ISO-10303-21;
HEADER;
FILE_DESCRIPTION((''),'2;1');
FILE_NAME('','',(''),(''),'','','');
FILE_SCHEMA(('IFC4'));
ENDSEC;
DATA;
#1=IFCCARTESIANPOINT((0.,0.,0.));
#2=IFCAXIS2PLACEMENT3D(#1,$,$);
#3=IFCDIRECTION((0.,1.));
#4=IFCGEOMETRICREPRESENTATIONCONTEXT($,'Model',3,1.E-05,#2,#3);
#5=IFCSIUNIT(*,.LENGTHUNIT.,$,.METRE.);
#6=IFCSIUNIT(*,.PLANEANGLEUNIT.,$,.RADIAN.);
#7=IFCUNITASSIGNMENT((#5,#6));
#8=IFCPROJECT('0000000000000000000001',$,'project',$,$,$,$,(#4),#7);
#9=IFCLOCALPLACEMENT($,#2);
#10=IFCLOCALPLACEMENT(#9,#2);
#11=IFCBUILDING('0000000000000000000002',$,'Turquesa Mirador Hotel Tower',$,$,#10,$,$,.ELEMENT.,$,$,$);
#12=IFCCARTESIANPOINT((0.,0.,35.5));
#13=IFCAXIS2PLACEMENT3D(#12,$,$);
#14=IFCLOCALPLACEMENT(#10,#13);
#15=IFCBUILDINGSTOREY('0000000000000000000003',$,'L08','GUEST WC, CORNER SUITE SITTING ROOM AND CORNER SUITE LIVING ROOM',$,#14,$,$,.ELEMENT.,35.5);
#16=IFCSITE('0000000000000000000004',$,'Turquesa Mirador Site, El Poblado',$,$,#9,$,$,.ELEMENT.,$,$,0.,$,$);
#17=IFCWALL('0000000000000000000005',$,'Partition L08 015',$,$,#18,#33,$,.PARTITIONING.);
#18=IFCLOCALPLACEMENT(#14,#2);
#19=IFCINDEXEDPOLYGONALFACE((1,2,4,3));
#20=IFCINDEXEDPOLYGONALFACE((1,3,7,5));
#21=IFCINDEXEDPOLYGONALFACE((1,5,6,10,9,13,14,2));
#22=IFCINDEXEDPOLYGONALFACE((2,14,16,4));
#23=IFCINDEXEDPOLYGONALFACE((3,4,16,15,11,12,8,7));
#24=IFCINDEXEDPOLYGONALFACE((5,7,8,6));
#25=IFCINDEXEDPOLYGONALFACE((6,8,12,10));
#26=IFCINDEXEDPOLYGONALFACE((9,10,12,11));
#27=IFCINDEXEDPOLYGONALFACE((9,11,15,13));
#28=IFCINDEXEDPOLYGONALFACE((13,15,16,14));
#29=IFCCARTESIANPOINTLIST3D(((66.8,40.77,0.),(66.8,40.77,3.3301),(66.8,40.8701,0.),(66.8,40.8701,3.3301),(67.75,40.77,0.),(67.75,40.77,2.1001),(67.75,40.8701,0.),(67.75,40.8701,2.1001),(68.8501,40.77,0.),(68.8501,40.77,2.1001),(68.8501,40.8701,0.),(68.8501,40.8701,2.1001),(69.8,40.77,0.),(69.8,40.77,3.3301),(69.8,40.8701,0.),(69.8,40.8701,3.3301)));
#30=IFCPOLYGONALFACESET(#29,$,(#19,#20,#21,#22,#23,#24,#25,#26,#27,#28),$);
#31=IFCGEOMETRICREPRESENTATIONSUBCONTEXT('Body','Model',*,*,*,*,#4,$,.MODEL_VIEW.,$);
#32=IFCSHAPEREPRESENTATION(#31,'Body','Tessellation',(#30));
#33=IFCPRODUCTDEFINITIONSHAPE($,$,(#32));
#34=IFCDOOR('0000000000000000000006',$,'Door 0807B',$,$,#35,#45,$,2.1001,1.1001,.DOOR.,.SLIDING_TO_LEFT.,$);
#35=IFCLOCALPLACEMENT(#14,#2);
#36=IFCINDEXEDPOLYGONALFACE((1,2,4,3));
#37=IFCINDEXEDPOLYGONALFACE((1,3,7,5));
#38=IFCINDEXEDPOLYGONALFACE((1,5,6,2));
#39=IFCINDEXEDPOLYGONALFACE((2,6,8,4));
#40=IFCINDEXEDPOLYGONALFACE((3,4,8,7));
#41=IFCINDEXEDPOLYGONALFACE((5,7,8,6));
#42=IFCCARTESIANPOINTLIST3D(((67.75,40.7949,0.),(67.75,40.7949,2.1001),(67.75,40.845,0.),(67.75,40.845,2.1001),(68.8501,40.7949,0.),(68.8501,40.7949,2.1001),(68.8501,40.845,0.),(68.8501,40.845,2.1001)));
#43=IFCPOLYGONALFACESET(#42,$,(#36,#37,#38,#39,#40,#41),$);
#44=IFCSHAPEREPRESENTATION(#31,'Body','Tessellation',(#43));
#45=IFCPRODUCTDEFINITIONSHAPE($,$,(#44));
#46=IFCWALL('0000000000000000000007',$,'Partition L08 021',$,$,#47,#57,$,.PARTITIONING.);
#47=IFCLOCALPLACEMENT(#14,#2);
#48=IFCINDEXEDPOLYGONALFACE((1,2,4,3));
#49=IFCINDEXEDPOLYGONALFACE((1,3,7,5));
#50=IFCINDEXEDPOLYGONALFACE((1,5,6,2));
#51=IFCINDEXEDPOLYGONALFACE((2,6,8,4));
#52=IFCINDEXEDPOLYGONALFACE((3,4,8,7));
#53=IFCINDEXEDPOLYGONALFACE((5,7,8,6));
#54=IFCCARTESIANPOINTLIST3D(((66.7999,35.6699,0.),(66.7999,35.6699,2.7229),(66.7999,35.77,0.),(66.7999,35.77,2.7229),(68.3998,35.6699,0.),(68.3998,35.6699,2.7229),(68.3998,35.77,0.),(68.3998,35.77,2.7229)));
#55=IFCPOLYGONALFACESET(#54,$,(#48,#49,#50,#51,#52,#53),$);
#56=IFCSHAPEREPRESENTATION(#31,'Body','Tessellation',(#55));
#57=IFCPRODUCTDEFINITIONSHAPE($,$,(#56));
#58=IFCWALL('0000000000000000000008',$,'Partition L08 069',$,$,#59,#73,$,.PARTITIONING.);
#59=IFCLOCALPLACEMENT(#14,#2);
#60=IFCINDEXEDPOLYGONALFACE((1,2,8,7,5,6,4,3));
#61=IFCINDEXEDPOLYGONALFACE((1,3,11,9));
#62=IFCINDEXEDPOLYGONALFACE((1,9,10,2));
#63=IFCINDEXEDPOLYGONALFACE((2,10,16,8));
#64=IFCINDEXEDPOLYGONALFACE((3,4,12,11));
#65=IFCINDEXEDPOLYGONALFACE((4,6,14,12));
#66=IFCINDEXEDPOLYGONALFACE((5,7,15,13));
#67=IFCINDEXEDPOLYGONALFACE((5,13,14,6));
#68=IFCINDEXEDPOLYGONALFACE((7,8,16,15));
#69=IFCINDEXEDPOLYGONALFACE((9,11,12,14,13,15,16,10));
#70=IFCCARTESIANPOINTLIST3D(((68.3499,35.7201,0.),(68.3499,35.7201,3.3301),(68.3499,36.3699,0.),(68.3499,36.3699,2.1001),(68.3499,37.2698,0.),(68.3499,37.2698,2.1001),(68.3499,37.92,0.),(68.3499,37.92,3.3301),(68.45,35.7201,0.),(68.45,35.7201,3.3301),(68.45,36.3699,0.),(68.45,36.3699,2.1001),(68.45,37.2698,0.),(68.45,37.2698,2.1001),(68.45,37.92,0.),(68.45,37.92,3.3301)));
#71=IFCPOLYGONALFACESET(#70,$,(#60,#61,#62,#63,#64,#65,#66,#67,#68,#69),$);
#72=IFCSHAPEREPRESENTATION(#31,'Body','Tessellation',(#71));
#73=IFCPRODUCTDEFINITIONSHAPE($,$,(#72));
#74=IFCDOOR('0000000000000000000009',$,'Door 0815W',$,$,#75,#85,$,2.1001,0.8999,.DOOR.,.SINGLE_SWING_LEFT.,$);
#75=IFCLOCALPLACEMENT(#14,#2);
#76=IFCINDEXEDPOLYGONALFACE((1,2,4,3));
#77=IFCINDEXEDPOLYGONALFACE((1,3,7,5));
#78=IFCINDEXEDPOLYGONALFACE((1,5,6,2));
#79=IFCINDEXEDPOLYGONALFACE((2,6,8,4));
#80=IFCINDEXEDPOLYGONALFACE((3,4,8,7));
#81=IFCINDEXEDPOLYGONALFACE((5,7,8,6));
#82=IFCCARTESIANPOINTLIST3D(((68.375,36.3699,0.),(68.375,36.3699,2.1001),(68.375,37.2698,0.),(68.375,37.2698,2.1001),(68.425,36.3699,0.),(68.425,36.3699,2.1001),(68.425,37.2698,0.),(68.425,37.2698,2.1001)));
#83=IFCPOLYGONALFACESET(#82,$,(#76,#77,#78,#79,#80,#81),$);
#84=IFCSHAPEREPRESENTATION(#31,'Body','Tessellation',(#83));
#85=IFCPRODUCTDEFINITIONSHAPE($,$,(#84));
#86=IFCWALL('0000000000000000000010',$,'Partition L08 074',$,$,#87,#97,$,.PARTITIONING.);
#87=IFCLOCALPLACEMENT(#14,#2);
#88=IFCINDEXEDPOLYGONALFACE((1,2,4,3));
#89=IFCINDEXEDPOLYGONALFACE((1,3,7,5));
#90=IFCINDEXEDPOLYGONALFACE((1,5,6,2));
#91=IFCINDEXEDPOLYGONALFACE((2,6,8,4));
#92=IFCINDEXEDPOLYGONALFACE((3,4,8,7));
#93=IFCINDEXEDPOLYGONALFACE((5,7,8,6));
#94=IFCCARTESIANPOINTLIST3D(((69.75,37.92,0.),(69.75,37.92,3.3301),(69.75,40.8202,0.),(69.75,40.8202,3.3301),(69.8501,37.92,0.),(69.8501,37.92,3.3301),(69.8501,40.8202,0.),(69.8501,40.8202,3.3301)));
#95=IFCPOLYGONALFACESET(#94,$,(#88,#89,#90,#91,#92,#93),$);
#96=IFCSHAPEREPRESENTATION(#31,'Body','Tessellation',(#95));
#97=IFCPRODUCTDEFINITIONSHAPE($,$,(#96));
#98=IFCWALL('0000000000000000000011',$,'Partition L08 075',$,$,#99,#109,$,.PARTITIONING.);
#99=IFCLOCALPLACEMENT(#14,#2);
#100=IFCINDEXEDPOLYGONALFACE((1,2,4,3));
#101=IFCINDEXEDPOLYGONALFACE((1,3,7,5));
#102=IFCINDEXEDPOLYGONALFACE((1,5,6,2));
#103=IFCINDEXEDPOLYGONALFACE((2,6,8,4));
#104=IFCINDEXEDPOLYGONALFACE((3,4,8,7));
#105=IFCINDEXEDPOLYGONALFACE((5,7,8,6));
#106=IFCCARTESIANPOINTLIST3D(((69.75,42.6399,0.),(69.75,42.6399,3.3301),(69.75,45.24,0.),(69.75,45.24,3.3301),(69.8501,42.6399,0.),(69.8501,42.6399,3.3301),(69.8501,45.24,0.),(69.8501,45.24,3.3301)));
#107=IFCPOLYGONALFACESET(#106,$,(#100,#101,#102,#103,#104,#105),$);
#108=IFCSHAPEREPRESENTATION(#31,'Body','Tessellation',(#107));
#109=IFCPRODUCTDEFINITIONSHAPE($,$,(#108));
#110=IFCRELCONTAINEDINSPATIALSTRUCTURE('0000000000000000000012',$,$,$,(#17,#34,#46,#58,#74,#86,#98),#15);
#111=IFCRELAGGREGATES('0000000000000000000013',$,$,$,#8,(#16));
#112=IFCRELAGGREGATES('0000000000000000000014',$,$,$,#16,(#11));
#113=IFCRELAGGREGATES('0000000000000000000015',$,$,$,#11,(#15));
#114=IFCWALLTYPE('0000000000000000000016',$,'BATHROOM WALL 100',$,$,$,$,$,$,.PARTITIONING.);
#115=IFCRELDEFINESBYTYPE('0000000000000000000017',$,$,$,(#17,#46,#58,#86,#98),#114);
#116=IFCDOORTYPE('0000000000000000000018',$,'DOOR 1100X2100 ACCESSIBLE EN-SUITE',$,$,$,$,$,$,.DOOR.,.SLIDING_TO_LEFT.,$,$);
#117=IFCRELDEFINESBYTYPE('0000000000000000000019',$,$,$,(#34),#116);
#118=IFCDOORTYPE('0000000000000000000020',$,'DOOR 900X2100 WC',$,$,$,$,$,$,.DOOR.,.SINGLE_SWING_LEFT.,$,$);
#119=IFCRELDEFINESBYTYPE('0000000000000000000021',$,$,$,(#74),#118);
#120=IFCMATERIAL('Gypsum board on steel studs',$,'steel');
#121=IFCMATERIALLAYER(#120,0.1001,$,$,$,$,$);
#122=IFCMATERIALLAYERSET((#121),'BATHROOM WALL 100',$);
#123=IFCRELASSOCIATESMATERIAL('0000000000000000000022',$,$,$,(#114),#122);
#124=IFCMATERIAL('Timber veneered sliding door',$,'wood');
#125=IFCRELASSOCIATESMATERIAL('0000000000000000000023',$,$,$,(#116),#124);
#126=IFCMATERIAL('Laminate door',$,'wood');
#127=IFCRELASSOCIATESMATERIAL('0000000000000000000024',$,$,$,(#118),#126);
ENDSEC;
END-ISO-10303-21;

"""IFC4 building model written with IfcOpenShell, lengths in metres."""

from ifc_helpers import new_model, si_unit, direction, frame, frame_2d, origin, place, context, subcontext, project, spatial, rectangle, extrude, material, layer, layer_set, type_object, element, fill, save


model = new_model("IFC4")

# Units and contexts
model_context = context("Model", 3, precision=1e-05, world=origin(), true_north=direction((0.0, 1.0)))
body_context = subcontext(model_context, "Body", "Model", "MODEL_VIEW")
ifc_project = project(units=[si_unit("LENGTHUNIT", "METRE"), si_unit("PLANEANGLEUNIT", "RADIAN")], contexts=[model_context])

# Site, building, storey
site_placement = place(None, origin())
site = spatial("IfcSite", under=ifc_project, at=site_placement, Name="Turquesa Mirador Site, El Poblado", CompositionType="ELEMENT", RefElevation=0.0)
building_placement = place(site_placement, origin())
building = spatial("IfcBuilding", under=site, at=building_placement, Name="Turquesa Mirador Hotel Tower", CompositionType="ELEMENT")
storey_placement = place(building_placement, frame((0.0, 0.0, 35.5)))
storey = spatial("IfcBuildingStorey", under=building, at=storey_placement, Name="L08", Description="GUEST WC, CORNER SUITE SITTING ROOM AND CORNER SUITE LIVING ROOM", CompositionType="ELEMENT", Elevation=35.5)

# Wall, opening, door
ifc_material_1 = material(Name="Gypsum board on steel studs", Category="steel")
ifc_layer_1 = layer(ifc_material_1, 0.1001)
ifc_layer_set_1 = layer_set([ifc_layer_1], Name="BATHROOM WALL 100")
wall_type_1 = type_object("IfcWallType", Name="BATHROOM WALL 100", PredefinedType="PARTITIONING", material=ifc_layer_set_1)
wall_1_placement = place(storey_placement, frame((66.8, 40.8201, 0.0), z_axis=(0.0, 0.0, 1.0), x_axis=(1.0, 0.0, 0.0)))
wall_1 = element("IfcWall", 1, at=wall_1_placement, inside=storey, type_object=wall_type_1, Name="Partition L08 015", PredefinedType="PARTITIONING", context=body_context, shape_type="SweptSolid", body=[
    extrude(rectangle(XDim=3.0, YDim=0.1001, at=frame_2d((1.5, 0.0))), origin(), (0.0, 0.0, 1.0), 3.3301),
])
opening_1_placement = place(wall_1_placement, frame((0.95, 0.0, 0.0)))
opening_1 = element("IfcOpeningElement", 2, at=opening_1_placement, cuts=wall_1, PredefinedType="OPENING", context=body_context, shape_type="SweptSolid", body=[
    extrude(rectangle(XDim=1.1001, YDim=2.1001, at=frame_2d((0.55, 1.05))), frame((0.0, 0.0601, 0.0), z_axis=(0.0, -1.0, 0.0), x_axis=(1.0, 0.0, 0.0)), (0.0, 0.0, 1.0), 0.1201),
])
ifc_material_2 = material(Name="Timber veneered sliding door", Category="wood")
door_type_1 = type_object("IfcDoorType", Name="DOOR 1100X2100 ACCESSIBLE EN-SUITE", OperationType="SLIDING_TO_LEFT", PredefinedType="DOOR", material=ifc_material_2)
door_1_placement = place(opening_1_placement, origin())
door_1 = element("IfcDoor", 3, at=door_1_placement, inside=storey, type_object=door_type_1, Name="Door 0807B", OperationType="SLIDING_TO_LEFT", OverallHeight=2.1001, OverallWidth=1.1001, PredefinedType="DOOR", context=body_context, shape_type="SweptSolid", body=[
    extrude(rectangle(XDim=1.1001, YDim=2.1001, at=frame_2d((0.55, 1.05))), frame((0.0, 0.0249, 0.0), z_axis=(0.0, -1.0, 0.0), x_axis=(1.0, 0.0, 0.0)), (0.0, 0.0, 1.0), 0.05),
])
fill(opening_1, door_1)

# Wall
wall_2_placement = place(storey_placement, frame((66.8, 35.72, 0.0), z_axis=(0.0, 0.0, 1.0), x_axis=(1.0, 0.0, 0.0)))
element("IfcWall", 4, at=wall_2_placement, inside=storey, type_object=wall_type_1, Name="Partition L08 021", PredefinedType="PARTITIONING", context=body_context, shape_type="SweptSolid", body=[
    extrude(rectangle(XDim=1.5999, YDim=0.1001, at=frame_2d((0.7998, 0.0))), origin(), (0.0, 0.0, 1.0), 2.7229),
])

# Wall, opening, door
wall_3_placement = place(storey_placement, frame((68.3999, 35.72, 0.0), z_axis=(0.0, 0.0, 1.0), x_axis=(0.0, 1.0, 0.0)))
wall_3 = element("IfcWall", 5, at=wall_3_placement, inside=storey, type_object=wall_type_1, Name="Partition L08 069", PredefinedType="PARTITIONING", context=body_context, shape_type="SweptSolid", body=[
    extrude(rectangle(XDim=2.2, YDim=0.1001, at=frame_2d((1.1001, 0.0))), origin(), (0.0, 0.0, 1.0), 3.3301),
])
opening_2_placement = place(wall_3_placement, frame((0.6499, 0.0, 0.0)))
opening_2 = element("IfcOpeningElement", 6, at=opening_2_placement, cuts=wall_3, PredefinedType="OPENING", context=body_context, shape_type="SweptSolid", body=[
    extrude(rectangle(XDim=0.8999, YDim=2.1001, at=frame_2d((0.45, 1.05))), frame((0.0, 0.0601, 0.0), z_axis=(0.0, -1.0, 0.0), x_axis=(1.0, 0.0, 0.0)), (0.0, 0.0, 1.0), 0.1201),
])
ifc_material_3 = material(Name="Laminate door", Category="wood")
door_type_2 = type_object("IfcDoorType", Name="DOOR 900X2100 WC", OperationType="SINGLE_SWING_LEFT", PredefinedType="DOOR", material=ifc_material_3)
door_2_placement = place(opening_2_placement, origin())
door_2 = element("IfcDoor", 7, at=door_2_placement, inside=storey, type_object=door_type_2, Name="Door 0815W", OperationType="SINGLE_SWING_LEFT", OverallHeight=2.1001, OverallWidth=0.8999, PredefinedType="DOOR", context=body_context, shape_type="SweptSolid", body=[
    extrude(rectangle(XDim=0.8999, YDim=2.1001, at=frame_2d((0.45, 1.05))), frame((0.0, 0.0249, 0.0), z_axis=(0.0, -1.0, 0.0), x_axis=(1.0, 0.0, 0.0)), (0.0, 0.0, 1.0), 0.05),
])
fill(opening_2, door_2)

# Walls
wall_4_placement = place(storey_placement, frame((69.8, 37.9199, 0.0), z_axis=(0.0, 0.0, 1.0), x_axis=(0.0, 1.0, 0.0)))
element("IfcWall", 8, at=wall_4_placement, inside=storey, type_object=wall_type_1, Name="Partition L08 074", PredefinedType="PARTITIONING", context=body_context, shape_type="SweptSolid", body=[
    extrude(rectangle(XDim=2.9001, YDim=0.1001, at=frame_2d((1.4502, 0.0))), origin(), (0.0, 0.0, 1.0), 3.3301),
])
wall_5_placement = place(storey_placement, frame((69.8, 42.6399, 0.0), z_axis=(0.0, 0.0, 1.0), x_axis=(0.0, 1.0, 0.0)))
element("IfcWall", 9, at=wall_5_placement, inside=storey, type_object=wall_type_1, Name="Partition L08 075", PredefinedType="PARTITIONING", context=body_context, shape_type="SweptSolid", body=[
    extrude(rectangle(XDim=2.6001, YDim=0.1001, at=frame_2d((1.3, 0.0))), origin(), (0.0, 0.0, 1.0), 3.3301),
])

save(model, "model.ifc")
